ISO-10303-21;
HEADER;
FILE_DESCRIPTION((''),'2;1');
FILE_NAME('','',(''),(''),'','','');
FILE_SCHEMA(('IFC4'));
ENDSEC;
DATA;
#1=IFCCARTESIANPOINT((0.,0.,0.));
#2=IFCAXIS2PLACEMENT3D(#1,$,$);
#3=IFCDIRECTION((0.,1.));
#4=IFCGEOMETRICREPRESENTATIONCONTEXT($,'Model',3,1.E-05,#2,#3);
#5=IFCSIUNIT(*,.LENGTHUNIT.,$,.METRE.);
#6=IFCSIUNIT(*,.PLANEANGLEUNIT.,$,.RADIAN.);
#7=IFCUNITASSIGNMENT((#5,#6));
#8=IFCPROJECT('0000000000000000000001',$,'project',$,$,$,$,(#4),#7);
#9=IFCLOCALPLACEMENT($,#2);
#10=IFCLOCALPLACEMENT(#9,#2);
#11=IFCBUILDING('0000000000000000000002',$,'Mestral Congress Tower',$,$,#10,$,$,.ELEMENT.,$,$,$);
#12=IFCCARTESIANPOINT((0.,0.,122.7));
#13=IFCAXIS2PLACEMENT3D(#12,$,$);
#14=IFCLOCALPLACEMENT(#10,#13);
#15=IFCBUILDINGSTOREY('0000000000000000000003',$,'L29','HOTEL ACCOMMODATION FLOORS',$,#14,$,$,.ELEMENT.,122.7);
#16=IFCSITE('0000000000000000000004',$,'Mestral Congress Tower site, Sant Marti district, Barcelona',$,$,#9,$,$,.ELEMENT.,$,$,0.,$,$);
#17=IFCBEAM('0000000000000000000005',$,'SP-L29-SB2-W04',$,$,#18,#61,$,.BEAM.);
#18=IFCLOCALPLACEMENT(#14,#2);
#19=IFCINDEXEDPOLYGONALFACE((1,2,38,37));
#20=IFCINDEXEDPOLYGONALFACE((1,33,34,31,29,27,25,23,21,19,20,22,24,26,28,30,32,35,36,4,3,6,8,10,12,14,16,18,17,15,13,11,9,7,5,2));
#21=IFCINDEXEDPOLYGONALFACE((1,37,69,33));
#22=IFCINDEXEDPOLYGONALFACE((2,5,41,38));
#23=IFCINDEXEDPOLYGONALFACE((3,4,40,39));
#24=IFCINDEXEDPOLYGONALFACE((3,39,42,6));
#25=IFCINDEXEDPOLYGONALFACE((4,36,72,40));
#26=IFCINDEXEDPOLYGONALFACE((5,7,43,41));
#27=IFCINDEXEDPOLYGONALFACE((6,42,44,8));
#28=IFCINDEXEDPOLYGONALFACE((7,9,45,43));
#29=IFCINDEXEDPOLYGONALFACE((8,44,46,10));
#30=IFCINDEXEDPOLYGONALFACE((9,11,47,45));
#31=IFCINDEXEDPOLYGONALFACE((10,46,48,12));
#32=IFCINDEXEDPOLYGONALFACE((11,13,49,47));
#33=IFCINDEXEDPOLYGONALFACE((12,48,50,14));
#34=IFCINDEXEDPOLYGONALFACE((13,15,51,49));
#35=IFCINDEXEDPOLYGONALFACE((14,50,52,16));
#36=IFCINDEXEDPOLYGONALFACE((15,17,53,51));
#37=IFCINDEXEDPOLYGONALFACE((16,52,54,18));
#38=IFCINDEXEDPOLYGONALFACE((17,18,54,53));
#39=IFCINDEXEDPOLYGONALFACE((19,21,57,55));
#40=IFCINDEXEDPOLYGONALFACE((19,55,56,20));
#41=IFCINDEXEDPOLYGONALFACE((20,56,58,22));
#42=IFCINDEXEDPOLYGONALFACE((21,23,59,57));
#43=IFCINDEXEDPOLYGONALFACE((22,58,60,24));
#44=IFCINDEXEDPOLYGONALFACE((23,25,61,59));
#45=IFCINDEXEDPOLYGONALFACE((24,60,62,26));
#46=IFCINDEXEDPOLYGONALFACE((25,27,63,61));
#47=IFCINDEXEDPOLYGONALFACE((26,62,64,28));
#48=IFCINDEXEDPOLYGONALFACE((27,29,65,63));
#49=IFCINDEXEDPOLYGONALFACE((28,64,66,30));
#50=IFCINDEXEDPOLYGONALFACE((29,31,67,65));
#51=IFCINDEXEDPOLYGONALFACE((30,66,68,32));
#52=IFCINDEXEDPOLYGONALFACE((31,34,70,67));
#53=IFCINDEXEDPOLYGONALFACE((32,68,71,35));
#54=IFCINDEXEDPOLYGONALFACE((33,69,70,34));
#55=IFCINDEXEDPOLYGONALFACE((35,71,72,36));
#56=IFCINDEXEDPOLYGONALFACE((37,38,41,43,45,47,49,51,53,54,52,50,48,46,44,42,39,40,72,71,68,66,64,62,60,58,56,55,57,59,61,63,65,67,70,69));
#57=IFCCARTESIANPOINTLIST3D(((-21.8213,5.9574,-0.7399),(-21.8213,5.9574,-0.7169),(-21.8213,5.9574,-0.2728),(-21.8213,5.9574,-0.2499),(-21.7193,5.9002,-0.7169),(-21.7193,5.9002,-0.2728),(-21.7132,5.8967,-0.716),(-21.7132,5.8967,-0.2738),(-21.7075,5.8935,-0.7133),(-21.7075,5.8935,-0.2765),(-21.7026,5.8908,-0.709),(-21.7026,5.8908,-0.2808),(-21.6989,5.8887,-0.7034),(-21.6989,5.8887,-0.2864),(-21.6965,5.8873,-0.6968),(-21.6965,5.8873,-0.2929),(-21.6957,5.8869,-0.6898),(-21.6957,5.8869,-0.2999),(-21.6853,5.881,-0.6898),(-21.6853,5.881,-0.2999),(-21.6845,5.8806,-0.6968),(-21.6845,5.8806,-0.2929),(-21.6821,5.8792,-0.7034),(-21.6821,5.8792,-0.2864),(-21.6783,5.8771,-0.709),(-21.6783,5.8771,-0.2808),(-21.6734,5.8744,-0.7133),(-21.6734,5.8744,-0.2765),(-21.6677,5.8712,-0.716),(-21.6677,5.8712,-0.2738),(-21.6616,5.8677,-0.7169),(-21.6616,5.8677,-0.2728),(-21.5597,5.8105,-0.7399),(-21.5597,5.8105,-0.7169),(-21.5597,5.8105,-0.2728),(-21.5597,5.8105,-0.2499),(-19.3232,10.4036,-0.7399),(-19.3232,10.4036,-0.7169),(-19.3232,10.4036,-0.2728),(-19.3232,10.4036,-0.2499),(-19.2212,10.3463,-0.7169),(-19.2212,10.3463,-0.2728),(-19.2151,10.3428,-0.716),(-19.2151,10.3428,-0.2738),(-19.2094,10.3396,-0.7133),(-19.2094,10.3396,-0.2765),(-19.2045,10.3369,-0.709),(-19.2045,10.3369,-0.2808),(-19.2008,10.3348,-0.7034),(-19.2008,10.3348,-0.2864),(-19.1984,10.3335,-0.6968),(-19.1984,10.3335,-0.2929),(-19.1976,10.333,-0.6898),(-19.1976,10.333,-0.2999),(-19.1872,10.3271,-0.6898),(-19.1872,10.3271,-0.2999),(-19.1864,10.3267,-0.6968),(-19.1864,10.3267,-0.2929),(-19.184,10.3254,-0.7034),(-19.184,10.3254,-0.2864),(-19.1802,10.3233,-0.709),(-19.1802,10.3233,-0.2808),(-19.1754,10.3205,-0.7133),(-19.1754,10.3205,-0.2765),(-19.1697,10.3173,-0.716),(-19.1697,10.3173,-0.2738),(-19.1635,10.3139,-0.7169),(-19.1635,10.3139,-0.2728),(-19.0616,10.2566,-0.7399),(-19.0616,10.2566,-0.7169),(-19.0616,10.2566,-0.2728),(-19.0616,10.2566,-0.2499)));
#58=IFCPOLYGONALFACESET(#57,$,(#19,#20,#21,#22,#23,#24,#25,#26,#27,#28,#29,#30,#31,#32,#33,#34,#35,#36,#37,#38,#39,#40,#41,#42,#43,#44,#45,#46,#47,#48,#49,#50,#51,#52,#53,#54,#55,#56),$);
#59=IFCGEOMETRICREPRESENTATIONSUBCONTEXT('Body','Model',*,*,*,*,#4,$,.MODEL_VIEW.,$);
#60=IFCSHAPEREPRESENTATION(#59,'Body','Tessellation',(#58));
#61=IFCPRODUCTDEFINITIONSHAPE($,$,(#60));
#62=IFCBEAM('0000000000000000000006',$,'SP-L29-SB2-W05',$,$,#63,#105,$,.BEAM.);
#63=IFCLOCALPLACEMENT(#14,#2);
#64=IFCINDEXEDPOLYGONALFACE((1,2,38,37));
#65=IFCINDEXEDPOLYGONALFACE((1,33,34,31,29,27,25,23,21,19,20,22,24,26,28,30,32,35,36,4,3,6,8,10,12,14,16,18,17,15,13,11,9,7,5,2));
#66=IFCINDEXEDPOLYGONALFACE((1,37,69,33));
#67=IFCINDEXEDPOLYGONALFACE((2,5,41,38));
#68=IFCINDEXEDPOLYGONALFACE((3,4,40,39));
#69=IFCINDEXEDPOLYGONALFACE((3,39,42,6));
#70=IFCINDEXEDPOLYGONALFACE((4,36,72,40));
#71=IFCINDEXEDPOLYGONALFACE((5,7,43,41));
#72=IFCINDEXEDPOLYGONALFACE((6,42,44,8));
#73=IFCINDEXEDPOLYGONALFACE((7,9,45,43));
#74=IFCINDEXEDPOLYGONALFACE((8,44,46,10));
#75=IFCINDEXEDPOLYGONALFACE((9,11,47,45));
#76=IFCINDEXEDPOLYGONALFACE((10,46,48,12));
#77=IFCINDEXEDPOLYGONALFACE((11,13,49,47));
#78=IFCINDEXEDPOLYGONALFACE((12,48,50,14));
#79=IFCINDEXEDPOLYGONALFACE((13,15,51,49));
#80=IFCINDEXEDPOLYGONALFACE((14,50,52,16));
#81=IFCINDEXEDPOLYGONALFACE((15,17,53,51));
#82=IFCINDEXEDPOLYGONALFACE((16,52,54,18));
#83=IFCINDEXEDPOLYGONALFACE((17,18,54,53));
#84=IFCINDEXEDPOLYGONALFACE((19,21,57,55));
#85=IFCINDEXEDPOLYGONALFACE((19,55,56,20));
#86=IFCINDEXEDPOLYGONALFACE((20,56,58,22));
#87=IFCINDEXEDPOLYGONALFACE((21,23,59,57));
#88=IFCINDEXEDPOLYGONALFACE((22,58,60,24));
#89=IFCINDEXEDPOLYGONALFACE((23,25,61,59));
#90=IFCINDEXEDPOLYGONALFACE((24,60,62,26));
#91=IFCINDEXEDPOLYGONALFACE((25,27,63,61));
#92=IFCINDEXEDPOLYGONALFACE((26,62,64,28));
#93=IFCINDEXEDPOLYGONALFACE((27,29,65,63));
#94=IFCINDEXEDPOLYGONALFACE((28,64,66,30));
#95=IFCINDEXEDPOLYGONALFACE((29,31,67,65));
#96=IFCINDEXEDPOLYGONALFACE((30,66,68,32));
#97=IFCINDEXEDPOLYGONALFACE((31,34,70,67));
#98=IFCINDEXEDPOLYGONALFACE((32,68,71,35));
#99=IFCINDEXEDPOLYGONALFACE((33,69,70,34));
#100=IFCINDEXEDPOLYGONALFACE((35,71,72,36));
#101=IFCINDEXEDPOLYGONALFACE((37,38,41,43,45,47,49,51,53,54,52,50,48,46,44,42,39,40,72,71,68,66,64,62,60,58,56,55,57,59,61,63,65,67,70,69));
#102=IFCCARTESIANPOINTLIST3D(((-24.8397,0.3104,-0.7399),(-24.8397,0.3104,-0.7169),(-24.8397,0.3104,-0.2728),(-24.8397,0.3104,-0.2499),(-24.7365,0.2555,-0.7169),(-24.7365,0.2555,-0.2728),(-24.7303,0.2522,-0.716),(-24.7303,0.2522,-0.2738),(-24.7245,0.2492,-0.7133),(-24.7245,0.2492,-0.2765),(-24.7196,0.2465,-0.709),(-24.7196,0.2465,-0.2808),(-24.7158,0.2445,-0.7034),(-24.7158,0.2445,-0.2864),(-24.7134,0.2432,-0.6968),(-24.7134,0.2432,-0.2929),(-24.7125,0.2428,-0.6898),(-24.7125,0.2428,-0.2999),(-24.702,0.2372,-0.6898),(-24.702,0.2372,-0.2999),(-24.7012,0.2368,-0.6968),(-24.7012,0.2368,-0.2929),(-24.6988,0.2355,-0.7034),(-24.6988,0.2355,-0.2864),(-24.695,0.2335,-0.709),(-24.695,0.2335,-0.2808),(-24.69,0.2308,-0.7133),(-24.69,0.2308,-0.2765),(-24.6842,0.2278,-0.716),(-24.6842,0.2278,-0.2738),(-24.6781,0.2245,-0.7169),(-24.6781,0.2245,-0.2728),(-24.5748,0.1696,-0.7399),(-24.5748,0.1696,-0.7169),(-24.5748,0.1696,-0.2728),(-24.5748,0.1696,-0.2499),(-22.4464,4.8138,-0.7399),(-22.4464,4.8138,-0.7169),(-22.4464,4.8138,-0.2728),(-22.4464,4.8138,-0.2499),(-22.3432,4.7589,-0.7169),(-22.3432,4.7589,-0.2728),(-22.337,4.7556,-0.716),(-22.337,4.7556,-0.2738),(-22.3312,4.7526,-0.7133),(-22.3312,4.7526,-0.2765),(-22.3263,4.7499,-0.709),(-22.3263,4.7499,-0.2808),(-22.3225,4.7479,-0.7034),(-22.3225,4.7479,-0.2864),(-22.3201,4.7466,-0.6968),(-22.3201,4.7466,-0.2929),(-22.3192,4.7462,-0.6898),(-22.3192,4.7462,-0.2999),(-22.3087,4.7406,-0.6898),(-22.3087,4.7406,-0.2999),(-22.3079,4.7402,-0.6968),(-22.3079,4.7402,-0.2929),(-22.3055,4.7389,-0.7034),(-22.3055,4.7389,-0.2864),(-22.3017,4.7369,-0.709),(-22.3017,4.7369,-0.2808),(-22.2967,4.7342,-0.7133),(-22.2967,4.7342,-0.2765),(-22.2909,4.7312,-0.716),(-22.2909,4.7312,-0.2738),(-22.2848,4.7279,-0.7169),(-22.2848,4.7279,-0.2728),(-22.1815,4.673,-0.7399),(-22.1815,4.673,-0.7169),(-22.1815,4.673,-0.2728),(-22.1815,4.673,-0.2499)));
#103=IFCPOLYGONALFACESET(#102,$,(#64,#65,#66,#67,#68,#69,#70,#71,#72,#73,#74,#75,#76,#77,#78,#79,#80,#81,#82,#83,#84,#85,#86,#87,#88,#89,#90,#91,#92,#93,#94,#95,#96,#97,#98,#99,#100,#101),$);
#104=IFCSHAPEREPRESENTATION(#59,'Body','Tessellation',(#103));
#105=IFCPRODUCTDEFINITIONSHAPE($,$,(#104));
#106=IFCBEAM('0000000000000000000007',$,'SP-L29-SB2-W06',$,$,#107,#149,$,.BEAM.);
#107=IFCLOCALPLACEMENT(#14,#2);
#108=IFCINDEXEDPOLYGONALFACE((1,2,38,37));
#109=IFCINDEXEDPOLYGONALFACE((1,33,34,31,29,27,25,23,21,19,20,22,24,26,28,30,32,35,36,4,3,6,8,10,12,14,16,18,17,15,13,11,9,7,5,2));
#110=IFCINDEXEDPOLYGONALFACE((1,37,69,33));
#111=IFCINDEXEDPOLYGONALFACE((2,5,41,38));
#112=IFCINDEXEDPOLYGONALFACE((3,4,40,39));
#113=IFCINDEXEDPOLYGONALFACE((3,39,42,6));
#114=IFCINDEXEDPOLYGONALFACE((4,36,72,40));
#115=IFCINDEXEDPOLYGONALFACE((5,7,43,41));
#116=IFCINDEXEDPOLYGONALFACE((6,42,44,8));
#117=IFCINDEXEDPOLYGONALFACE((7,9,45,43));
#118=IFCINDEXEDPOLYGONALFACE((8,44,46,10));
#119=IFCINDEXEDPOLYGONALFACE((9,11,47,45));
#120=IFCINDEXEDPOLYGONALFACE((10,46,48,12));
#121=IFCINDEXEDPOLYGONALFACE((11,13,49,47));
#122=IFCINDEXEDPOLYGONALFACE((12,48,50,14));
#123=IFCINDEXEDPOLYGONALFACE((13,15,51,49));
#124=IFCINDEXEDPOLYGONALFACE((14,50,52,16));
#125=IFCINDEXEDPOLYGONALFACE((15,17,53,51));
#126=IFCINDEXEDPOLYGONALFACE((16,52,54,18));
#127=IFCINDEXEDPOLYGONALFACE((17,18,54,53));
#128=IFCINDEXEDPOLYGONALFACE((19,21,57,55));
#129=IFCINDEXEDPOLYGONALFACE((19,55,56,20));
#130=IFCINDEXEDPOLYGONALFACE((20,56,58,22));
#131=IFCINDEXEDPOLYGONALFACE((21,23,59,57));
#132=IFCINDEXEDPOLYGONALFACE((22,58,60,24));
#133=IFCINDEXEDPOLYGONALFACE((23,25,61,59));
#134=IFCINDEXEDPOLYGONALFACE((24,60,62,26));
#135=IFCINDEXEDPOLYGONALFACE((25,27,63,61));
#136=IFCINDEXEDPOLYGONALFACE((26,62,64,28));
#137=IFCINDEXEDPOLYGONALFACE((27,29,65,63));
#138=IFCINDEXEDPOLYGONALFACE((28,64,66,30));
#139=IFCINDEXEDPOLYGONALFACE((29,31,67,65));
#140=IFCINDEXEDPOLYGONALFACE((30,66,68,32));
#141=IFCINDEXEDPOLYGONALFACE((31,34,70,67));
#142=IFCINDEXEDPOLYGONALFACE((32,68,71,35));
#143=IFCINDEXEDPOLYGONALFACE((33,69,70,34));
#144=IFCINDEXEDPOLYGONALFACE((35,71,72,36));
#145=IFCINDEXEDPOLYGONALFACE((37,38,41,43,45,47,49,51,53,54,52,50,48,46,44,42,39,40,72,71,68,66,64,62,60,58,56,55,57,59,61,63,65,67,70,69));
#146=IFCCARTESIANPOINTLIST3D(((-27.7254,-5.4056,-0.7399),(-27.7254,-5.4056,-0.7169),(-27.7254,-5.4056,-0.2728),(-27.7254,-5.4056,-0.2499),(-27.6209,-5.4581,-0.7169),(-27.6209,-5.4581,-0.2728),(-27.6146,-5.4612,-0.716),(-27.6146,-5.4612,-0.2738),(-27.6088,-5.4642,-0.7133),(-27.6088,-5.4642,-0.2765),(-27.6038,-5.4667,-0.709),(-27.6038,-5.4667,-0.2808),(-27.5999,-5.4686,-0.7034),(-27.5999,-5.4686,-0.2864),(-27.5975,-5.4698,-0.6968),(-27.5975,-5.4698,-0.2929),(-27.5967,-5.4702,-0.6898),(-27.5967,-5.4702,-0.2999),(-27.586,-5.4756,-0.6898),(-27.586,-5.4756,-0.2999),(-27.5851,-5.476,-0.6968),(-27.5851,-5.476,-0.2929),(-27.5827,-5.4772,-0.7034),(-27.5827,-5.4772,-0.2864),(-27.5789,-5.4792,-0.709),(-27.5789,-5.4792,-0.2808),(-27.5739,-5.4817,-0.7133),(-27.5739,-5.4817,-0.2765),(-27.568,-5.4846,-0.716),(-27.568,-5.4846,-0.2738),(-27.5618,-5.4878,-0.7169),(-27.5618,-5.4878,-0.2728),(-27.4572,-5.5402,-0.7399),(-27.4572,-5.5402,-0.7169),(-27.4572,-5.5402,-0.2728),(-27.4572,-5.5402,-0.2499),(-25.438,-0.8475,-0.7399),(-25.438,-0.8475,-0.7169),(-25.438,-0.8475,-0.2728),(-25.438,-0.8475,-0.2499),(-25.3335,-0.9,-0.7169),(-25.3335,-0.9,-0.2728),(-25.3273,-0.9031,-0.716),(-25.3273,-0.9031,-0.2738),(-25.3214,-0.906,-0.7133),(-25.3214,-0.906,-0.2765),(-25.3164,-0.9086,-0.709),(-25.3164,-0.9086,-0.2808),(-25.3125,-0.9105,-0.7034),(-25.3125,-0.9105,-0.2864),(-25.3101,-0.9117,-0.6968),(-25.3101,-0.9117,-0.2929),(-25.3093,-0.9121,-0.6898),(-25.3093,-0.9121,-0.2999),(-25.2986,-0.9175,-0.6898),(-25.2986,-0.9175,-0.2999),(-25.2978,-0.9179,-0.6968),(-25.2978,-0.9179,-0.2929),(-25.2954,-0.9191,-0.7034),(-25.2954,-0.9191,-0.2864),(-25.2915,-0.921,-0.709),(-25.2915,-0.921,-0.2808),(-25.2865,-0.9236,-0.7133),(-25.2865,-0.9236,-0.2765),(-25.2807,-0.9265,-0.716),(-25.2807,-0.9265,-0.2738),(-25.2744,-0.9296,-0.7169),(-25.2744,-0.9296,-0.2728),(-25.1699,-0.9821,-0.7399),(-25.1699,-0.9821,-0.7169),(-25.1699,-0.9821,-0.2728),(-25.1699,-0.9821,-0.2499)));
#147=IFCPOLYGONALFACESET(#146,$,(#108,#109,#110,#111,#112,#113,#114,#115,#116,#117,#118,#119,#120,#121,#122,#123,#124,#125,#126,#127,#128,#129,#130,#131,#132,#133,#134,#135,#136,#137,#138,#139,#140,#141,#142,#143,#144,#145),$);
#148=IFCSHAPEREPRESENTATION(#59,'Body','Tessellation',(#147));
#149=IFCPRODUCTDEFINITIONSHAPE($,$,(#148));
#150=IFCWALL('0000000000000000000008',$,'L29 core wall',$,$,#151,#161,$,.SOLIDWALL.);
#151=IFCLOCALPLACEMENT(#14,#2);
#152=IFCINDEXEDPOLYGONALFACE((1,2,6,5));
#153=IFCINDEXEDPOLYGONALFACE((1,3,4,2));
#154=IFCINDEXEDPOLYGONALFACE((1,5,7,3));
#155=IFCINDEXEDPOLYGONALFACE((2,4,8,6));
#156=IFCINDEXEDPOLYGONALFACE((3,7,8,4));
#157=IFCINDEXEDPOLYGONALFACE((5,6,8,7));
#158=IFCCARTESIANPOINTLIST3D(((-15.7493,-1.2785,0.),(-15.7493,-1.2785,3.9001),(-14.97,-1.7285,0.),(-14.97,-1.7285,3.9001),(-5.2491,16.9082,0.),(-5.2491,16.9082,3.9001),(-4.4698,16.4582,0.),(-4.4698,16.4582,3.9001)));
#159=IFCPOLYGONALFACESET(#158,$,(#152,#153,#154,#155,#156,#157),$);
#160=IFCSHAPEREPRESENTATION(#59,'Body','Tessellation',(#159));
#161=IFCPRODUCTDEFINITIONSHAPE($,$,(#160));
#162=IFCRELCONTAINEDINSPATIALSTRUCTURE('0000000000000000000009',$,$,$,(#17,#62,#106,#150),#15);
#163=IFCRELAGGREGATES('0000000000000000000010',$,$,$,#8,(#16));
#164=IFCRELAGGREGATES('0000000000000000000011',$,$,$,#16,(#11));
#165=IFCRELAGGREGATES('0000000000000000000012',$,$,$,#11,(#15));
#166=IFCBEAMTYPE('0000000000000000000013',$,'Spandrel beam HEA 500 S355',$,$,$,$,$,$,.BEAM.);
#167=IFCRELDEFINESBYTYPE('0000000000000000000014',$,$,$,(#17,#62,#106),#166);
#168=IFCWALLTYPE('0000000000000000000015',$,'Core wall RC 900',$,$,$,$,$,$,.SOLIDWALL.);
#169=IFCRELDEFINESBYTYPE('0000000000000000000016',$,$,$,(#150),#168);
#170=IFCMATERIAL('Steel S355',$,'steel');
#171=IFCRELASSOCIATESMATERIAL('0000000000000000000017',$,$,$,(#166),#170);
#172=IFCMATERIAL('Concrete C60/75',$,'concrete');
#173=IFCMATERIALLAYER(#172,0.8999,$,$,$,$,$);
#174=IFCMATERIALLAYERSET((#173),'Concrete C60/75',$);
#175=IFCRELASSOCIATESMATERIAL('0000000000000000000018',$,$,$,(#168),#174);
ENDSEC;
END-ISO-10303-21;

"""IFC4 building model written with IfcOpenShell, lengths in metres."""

from ifc_helpers import new_model, si_unit, direction, frame, frame_2d, origin, origin_2d, place, context, subcontext, project, spatial, rectangle, i_section, extrude, material, layer, layer_set, material_profile, profile_set, type_object, element, save


model = new_model("IFC4")

# Units and contexts
model_context = context("Model", 3, precision=1e-05, world=origin(), true_north=direction((0.0, 1.0)))
body_context = subcontext(model_context, "Body", "Model", "MODEL_VIEW")
ifc_project = project(units=[si_unit("LENGTHUNIT", "METRE"), si_unit("PLANEANGLEUNIT", "RADIAN")], contexts=[model_context])

# Site, building, storey
site_placement = place(None, origin())
site = spatial("IfcSite", under=ifc_project, at=site_placement, Name="Mestral Congress Tower site, Sant Marti district, Barcelona", CompositionType="ELEMENT", RefElevation=0.0)
building_placement = place(site_placement, origin())
building = spatial("IfcBuilding", under=site, at=building_placement, Name="Mestral Congress Tower", CompositionType="ELEMENT")
storey_placement = place(building_placement, frame((0.0, 0.0, 122.7)))
storey = spatial("IfcBuildingStorey", under=building, at=storey_placement, Name="L29", Description="HOTEL ACCOMMODATION FLOORS", CompositionType="ELEMENT", Elevation=122.7)

# Beams
ifc_material_1 = material(Name="Steel S355", Category="steel")
ifc_material_profile_1 = material_profile(ifc_material_1, i_section(OverallWidth=0.3, OverallDepth=0.49, WebThickness=0.012, FlangeThickness=0.0229, FilletRadius=0.0271, at=origin_2d()), Name="HEA 500")
ifc_profile_set_1 = profile_set([ifc_material_profile_1], Name="Steel S355")
beam_type_1 = type_object("IfcBeamType", Name="Spandrel beam HEA 500 S355", PredefinedType="BEAM", material=ifc_profile_set_1)
for number, where, z_axis, x_axis, name in (
    (1, (-19.1924, 10.3301, -0.4949), (-0.489836, -0.871815, 0.0), (0.871815, -0.489836, 0.0), "SP-L29-SB2-W04"),
    (2, (-22.314, 4.7434, -0.4949), (-0.469288, -0.883045, 0.0), (0.883045, -0.469288, 0.0), "SP-L29-SB2-W05"),
    (3, (-25.304, -0.9148, -0.4949), (-0.448515, -0.893775, 0.0), (0.893775, -0.448515, 0.0), "SP-L29-SB2-W06"),
):
    element("IfcBeam", number, at=place(storey_placement, frame(where, z_axis=z_axis, x_axis=x_axis)), inside=storey, type_object=beam_type_1, Name=name, PredefinedType="BEAM", context=body_context, shape_type="SweptSolid", body=[
        extrude(i_section(OverallWidth=0.3, OverallDepth=0.49, WebThickness=0.012, FlangeThickness=0.0229, FilletRadius=0.0271, at=origin_2d()), origin(), (0.0, 0.0, 1.0), 5.0999),
    ])

# Wall
ifc_material_2 = material(Name="Concrete C60/75", Category="concrete")
ifc_layer_1 = layer(ifc_material_2, 0.8999)
ifc_layer_set_1 = layer_set([ifc_layer_1], Name="Concrete C60/75")
wall_type_1 = type_object("IfcWallType", Name="Core wall RC 900", PredefinedType="SOLIDWALL", material=ifc_layer_set_1)
wall_1_placement = place(storey_placement, frame((-15.3596, -1.5034, 0.0), z_axis=(0.0, 0.0, 1.0), x_axis=(0.500004, 0.866023, 0.0)))
element("IfcWall", 4, at=wall_1_placement, inside=storey, type_object=wall_type_1, Name="L29 core wall", PredefinedType="SOLIDWALL", context=body_context, shape_type="SweptSolid", body=[
    extrude(rectangle(XDim=21.0002, YDim=0.8999, at=frame_2d((10.5, 0.0))), origin(), (0.0, 0.0, 1.0), 3.9001),
])

save(model, "model.ifc")
